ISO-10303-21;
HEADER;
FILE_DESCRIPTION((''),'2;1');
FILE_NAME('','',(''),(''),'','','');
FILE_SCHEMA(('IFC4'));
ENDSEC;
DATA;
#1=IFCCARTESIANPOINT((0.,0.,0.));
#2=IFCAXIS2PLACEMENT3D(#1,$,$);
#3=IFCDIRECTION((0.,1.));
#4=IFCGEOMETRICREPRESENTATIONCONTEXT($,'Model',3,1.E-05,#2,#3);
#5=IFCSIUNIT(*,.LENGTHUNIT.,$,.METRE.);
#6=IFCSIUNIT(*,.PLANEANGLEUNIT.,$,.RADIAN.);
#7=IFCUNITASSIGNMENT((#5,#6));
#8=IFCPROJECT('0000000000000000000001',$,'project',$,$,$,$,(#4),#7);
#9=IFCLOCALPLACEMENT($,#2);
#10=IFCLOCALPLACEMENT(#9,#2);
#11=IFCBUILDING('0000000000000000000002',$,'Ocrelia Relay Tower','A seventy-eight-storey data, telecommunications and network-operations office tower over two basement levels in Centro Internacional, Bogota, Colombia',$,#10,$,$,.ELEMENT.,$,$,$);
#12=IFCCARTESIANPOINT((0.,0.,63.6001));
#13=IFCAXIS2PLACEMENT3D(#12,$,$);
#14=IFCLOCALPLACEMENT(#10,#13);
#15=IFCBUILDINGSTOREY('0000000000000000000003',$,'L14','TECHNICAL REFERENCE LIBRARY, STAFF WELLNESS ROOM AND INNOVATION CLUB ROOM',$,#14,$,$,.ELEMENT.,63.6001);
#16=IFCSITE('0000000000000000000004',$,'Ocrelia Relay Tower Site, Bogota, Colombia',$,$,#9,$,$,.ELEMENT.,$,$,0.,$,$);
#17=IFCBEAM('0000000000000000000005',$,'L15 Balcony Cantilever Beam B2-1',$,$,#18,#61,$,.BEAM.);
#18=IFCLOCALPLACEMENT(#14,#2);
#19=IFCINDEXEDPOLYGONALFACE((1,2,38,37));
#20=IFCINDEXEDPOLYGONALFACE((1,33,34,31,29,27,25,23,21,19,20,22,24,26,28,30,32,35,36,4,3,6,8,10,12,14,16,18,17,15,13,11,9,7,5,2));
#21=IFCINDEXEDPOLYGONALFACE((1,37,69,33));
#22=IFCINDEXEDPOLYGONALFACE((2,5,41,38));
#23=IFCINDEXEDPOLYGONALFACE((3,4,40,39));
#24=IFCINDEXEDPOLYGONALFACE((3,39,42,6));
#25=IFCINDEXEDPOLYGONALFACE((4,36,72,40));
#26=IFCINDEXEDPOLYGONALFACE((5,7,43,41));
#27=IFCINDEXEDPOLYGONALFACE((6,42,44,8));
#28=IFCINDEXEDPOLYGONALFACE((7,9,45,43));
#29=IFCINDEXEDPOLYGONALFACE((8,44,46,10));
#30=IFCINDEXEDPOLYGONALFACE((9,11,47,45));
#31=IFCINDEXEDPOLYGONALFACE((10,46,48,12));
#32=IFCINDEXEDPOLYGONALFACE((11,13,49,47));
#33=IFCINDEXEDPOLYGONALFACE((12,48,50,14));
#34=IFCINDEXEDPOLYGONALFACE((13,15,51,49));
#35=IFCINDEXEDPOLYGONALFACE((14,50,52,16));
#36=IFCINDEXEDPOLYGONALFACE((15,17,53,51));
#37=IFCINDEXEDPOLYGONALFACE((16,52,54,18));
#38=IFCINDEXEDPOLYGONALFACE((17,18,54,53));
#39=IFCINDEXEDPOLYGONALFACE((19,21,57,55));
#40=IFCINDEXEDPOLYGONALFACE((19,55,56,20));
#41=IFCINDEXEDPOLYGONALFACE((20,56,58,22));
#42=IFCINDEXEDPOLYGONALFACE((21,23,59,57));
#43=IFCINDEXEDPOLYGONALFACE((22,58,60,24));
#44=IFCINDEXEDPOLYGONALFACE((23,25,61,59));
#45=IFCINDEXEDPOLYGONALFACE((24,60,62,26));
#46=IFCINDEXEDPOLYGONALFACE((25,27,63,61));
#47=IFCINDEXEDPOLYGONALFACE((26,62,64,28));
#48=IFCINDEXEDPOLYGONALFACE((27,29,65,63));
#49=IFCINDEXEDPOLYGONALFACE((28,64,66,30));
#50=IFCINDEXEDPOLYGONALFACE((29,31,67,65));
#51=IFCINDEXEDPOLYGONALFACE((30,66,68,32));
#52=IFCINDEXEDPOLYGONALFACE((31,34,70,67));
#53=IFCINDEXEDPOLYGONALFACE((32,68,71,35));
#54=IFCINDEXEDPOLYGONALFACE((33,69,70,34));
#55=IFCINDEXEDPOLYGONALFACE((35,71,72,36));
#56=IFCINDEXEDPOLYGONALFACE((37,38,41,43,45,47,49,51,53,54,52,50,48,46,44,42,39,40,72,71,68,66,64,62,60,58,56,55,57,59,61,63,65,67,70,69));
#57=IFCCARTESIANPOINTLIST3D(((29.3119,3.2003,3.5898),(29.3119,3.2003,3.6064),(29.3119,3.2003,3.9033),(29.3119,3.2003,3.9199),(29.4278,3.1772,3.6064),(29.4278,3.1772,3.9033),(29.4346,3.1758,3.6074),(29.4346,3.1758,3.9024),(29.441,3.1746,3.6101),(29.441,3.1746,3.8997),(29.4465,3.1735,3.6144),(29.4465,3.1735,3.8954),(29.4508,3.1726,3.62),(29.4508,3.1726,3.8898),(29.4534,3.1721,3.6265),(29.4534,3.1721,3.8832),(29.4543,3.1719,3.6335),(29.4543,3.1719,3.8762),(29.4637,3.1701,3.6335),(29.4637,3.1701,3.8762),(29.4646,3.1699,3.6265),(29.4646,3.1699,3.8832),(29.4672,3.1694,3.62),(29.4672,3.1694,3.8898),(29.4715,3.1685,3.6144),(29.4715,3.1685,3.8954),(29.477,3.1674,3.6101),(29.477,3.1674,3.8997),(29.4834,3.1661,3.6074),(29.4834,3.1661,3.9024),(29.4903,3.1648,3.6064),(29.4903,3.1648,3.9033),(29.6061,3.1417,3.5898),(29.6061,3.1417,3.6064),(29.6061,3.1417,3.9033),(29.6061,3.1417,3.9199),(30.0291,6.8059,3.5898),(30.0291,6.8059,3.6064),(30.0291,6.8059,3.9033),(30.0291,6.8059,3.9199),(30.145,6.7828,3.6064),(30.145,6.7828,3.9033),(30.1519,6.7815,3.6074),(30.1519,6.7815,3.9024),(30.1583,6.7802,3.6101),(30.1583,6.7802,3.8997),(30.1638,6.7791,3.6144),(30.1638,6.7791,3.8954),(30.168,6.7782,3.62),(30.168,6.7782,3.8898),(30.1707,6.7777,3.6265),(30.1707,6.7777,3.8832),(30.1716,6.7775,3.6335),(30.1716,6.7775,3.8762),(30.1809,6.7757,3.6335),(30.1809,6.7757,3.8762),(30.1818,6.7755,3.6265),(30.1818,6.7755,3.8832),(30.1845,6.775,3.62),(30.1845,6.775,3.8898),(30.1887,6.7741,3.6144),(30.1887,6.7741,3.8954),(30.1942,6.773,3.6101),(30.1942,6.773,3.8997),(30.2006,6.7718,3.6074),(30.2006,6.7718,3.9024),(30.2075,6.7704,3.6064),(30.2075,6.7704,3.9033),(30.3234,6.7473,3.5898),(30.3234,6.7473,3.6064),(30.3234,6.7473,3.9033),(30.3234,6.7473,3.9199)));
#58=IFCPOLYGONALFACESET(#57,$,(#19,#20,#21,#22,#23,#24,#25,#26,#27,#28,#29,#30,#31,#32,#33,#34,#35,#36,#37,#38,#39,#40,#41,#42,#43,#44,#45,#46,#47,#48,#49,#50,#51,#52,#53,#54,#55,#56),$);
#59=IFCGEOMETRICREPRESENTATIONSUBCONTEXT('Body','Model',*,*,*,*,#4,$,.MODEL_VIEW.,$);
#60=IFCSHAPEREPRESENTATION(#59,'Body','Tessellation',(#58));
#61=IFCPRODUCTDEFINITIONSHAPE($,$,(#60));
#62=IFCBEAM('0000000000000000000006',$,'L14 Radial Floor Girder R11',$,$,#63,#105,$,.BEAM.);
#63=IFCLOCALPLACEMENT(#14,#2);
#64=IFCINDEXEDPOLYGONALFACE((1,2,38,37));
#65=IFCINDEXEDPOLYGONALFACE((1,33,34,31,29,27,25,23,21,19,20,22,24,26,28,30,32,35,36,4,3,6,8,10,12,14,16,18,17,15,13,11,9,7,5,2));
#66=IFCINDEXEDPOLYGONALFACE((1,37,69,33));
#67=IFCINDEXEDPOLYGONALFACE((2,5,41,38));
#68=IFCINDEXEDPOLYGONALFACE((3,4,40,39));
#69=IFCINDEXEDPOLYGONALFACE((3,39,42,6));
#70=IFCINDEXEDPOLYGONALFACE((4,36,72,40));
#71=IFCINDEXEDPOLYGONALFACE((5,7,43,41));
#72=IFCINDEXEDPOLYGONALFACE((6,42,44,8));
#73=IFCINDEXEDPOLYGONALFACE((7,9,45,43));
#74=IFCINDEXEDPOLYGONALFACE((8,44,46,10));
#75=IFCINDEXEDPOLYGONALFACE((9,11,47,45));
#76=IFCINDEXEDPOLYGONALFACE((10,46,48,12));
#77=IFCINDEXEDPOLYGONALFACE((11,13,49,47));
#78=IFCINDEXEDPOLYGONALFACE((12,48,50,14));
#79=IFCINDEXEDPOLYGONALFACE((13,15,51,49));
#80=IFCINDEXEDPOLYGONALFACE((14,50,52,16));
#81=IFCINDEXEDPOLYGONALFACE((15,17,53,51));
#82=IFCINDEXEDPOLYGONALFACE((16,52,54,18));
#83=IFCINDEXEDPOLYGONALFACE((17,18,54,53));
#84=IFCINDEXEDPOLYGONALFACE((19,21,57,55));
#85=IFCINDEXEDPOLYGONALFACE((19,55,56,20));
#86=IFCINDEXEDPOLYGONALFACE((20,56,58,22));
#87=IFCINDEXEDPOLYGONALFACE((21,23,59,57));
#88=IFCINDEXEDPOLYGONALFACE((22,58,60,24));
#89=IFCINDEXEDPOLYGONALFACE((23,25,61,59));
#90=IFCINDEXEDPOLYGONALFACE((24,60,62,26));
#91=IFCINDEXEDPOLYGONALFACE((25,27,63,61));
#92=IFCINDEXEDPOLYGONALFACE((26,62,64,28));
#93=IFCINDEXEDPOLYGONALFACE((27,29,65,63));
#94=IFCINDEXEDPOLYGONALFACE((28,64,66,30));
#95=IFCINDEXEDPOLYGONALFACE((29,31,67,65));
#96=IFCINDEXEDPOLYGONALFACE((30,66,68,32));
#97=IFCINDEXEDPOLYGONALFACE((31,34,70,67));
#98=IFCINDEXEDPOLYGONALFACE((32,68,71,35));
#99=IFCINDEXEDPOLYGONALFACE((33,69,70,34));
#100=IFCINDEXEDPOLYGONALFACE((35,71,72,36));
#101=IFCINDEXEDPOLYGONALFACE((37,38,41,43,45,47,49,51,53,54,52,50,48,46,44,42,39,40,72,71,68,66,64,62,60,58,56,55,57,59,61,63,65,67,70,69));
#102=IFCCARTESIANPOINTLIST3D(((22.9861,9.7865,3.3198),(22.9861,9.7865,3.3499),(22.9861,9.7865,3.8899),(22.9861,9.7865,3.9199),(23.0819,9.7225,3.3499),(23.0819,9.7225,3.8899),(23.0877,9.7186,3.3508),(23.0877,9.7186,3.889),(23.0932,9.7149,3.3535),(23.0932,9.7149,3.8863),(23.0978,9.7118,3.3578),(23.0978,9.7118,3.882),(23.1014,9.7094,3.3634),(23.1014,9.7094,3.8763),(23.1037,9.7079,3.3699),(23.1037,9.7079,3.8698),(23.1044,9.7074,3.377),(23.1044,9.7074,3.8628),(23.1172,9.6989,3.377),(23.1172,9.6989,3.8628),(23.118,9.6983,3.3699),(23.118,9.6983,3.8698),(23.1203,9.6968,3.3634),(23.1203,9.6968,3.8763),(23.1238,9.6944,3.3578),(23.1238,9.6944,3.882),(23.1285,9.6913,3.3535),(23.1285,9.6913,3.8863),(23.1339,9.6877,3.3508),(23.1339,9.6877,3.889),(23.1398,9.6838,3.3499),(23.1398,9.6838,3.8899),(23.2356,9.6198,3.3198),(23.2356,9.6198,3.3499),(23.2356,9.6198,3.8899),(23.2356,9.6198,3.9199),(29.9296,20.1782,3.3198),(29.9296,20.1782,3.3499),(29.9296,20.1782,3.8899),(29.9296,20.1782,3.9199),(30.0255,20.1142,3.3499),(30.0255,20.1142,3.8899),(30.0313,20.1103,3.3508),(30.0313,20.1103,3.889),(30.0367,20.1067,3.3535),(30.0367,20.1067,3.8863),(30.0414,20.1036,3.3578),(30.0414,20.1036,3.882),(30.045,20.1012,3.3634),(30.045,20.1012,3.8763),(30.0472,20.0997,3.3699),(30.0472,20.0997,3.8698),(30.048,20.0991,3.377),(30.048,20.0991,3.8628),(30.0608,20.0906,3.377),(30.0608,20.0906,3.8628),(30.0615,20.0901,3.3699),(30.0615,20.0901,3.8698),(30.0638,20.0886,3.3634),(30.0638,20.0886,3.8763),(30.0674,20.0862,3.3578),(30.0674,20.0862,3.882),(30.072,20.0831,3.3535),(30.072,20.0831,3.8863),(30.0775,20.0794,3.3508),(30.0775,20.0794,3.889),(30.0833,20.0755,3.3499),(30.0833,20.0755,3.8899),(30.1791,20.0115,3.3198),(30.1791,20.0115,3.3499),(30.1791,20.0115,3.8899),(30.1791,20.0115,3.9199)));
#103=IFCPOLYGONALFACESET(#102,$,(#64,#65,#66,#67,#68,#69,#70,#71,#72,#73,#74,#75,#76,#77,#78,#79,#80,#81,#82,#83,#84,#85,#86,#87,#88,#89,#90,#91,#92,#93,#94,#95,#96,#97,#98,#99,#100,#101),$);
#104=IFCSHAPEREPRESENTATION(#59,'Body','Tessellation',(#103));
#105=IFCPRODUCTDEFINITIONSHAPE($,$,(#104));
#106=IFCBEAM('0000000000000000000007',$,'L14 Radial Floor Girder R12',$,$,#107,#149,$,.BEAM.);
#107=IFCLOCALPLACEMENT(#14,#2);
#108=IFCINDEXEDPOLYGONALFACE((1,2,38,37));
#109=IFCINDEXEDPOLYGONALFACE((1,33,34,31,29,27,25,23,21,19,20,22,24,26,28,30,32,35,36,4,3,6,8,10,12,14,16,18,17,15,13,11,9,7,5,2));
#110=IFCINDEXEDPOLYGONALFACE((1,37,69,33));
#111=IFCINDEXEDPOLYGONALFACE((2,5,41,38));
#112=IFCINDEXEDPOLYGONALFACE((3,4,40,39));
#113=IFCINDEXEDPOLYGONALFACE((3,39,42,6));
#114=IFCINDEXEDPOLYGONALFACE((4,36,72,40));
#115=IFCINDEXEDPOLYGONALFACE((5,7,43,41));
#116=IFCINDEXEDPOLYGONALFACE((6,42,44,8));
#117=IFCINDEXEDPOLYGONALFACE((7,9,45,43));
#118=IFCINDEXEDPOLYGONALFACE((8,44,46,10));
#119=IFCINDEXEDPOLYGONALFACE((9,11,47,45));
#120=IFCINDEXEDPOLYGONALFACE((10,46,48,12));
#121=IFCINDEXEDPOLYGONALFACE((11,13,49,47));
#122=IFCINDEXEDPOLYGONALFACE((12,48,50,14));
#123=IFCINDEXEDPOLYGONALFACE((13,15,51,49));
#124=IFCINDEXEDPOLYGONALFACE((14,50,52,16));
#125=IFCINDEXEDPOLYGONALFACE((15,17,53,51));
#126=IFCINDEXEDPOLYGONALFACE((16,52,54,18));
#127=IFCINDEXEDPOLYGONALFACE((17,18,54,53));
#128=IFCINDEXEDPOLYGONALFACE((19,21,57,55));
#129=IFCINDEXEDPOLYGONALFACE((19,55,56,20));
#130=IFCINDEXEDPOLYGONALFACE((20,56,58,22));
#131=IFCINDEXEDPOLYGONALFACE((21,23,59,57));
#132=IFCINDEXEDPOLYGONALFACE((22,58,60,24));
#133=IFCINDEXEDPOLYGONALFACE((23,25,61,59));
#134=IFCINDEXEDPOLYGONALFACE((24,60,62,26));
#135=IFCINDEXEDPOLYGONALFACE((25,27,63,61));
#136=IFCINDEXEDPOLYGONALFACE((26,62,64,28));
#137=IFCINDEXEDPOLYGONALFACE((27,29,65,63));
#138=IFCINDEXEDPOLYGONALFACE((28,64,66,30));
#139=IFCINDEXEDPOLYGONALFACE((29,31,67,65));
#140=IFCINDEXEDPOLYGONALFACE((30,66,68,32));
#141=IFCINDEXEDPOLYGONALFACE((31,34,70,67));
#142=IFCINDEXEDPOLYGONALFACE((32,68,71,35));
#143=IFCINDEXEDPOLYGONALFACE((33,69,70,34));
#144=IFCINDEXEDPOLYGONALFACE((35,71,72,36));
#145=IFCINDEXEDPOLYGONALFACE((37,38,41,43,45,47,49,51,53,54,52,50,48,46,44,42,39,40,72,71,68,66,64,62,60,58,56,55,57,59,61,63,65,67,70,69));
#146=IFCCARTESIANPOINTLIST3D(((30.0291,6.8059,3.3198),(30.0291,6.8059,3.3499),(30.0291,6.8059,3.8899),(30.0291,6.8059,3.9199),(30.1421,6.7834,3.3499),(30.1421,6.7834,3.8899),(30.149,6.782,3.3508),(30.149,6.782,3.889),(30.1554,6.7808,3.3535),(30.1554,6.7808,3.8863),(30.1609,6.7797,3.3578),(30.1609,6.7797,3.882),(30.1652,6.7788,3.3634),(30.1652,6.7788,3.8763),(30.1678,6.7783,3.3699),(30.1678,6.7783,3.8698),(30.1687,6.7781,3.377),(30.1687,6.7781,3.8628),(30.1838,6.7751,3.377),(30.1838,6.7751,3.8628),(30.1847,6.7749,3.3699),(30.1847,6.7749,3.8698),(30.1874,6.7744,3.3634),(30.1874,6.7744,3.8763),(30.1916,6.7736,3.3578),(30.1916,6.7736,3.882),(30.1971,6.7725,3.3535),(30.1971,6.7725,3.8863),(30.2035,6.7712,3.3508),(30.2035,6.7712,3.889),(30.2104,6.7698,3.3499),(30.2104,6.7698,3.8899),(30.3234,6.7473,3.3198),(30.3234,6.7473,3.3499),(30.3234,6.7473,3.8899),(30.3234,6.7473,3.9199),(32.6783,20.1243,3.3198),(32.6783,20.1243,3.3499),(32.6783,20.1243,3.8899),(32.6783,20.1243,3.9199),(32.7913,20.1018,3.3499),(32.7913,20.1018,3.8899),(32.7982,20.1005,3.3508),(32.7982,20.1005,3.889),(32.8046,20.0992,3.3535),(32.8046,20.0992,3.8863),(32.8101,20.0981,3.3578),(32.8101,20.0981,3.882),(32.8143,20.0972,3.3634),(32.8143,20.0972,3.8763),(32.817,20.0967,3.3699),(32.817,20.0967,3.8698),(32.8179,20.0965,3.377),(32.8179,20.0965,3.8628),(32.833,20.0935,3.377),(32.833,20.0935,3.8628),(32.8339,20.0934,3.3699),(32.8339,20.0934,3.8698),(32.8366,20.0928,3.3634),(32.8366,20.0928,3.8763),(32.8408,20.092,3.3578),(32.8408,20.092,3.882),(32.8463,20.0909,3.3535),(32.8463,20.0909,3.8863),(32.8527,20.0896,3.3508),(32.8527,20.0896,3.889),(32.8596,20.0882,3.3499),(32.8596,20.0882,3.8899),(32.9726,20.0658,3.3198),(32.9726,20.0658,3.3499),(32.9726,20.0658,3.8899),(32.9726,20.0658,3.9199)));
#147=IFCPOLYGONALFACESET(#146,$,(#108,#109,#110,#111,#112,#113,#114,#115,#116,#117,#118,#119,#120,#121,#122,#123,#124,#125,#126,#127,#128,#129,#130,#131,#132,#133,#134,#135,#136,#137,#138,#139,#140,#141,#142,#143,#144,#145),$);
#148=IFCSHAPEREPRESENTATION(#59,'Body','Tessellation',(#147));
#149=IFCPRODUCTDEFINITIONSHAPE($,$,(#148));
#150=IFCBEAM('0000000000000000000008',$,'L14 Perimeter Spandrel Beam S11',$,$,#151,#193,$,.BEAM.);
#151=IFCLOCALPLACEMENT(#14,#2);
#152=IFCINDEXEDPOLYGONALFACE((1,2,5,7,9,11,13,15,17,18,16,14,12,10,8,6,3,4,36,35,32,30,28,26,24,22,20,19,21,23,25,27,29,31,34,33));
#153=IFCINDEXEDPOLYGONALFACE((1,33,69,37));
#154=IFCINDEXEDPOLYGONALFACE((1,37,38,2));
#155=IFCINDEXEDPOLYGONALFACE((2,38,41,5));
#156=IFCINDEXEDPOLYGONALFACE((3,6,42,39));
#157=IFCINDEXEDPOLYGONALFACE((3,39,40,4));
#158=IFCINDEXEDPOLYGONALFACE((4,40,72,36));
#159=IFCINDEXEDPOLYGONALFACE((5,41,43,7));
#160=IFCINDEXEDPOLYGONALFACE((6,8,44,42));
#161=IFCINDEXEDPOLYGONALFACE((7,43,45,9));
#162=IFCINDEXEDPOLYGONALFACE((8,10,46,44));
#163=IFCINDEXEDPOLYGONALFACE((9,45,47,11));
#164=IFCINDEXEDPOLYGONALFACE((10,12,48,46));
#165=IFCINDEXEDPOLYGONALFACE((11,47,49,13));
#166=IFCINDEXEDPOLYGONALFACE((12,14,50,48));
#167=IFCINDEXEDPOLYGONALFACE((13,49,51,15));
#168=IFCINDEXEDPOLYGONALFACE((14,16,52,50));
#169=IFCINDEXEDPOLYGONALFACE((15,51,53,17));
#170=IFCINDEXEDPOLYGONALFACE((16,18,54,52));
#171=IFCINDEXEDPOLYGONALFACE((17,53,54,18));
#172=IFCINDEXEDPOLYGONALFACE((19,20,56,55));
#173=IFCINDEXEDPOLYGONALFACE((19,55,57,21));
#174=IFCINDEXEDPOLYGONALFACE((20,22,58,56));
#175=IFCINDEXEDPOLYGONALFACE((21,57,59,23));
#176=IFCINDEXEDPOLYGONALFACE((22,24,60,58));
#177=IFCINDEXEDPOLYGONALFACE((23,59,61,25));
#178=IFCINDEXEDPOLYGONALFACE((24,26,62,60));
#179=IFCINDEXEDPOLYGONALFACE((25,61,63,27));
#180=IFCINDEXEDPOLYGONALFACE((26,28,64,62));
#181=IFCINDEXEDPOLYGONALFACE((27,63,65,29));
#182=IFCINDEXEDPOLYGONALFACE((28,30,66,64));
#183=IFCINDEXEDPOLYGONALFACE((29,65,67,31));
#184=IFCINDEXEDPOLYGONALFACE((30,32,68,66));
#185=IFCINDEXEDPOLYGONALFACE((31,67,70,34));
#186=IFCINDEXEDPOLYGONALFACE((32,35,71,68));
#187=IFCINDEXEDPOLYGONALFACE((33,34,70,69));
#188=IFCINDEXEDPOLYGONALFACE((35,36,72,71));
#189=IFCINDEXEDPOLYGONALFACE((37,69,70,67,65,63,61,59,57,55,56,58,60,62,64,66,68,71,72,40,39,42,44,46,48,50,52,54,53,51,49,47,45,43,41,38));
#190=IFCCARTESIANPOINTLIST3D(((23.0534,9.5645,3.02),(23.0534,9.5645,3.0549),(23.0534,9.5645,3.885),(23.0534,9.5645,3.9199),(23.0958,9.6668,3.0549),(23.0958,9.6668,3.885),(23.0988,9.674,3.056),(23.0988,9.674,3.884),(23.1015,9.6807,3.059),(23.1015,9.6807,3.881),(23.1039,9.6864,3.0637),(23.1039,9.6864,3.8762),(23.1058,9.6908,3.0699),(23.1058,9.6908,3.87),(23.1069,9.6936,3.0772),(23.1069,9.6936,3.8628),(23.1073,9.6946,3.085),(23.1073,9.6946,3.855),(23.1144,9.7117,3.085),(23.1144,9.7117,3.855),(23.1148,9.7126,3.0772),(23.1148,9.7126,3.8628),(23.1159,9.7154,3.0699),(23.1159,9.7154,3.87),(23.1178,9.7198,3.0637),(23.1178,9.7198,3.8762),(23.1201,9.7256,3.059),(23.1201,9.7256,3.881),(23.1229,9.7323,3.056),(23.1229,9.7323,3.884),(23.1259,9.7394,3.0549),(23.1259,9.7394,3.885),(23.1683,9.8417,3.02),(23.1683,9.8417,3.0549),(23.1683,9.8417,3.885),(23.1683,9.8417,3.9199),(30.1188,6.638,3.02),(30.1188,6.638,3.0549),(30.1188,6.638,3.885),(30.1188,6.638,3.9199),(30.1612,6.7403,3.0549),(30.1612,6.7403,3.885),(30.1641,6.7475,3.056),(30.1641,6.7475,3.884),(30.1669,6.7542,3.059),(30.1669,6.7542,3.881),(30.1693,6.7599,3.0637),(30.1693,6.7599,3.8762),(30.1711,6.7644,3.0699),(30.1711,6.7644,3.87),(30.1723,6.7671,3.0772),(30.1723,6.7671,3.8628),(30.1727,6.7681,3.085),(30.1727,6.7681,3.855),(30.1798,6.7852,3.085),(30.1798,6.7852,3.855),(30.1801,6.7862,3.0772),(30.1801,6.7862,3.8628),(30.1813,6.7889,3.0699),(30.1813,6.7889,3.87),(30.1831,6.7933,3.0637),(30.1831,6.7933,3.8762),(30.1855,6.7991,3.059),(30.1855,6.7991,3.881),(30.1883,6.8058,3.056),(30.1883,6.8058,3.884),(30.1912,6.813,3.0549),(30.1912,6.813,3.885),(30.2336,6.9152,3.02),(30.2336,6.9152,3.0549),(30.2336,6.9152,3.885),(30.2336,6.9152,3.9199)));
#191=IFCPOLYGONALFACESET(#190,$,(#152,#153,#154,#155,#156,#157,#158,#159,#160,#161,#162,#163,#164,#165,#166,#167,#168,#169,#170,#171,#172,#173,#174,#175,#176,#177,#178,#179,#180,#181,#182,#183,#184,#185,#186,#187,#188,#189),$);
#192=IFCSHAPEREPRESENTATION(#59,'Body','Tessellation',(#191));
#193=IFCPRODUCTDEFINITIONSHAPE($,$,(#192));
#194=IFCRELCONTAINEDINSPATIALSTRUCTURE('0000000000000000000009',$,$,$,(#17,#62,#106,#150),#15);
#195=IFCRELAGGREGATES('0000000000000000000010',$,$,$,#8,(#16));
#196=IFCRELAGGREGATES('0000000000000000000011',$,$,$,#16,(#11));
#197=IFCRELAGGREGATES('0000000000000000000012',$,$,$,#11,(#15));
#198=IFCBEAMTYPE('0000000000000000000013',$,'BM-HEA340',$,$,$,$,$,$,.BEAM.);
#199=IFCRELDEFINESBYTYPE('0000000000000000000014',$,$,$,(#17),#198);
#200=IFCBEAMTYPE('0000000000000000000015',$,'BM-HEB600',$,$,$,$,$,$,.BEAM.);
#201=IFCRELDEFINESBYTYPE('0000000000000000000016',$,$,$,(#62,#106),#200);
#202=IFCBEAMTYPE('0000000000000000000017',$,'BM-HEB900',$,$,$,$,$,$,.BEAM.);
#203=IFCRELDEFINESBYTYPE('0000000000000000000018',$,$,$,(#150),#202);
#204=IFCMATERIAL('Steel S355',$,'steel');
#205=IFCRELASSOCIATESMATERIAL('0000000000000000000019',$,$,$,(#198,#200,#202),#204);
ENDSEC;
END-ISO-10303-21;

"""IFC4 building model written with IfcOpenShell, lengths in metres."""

from ifc_helpers import new_model, si_unit, direction, frame, origin, origin_2d, place, context, subcontext, project, spatial, i_section, extrude, material, material_profile, profile_set, type_object, element, save


model = new_model("IFC4")

# Units and contexts
model_context = context("Model", 3, precision=1e-05, world=origin(), true_north=direction((0.0, 1.0)))
body_context = subcontext(model_context, "Body", "Model", "MODEL_VIEW")
ifc_project = project(units=[si_unit("LENGTHUNIT", "METRE"), si_unit("PLANEANGLEUNIT", "RADIAN")], contexts=[model_context])

# Site, building, storey
site_placement = place(None, origin())
site = spatial("IfcSite", under=ifc_project, at=site_placement, Name="Ocrelia Relay Tower Site, Bogota, Colombia", CompositionType="ELEMENT", RefElevation=0.0)
building_placement = place(site_placement, origin())
building = spatial("IfcBuilding", under=site, at=building_placement, Name="Ocrelia Relay Tower", Description="A seventy-eight-storey data, telecommunications and network-operations office tower over two basement levels in Centro Internacional, Bogota, Colombia", CompositionType="ELEMENT")
storey_placement = place(building_placement, frame((0.0, 0.0, 63.6001)))
storey = spatial("IfcBuildingStorey", under=building, at=storey_placement, Name="L14", Description="TECHNICAL REFERENCE LIBRARY, STAFF WELLNESS ROOM AND INNOVATION CLUB ROOM", CompositionType="ELEMENT", Elevation=63.6001)

# Beams
ifc_material_1 = material(Name="Steel S355", Category="steel")
ifc_material_profile_1 = material_profile(ifc_material_1, i_section(OverallWidth=0.3, OverallDepth=0.3301, WebThickness=0.0095, FlangeThickness=0.0166, FilletRadius=0.0271, at=origin_2d()), Name="HEA 340")
ifc_profile_set_1 = profile_set([ifc_material_profile_1], Name="Steel S355")
beam_type_1 = type_object("IfcBeamType", Name="BM-HEA340", PredefinedType="BEAM", material=ifc_profile_set_1)
beam_1_placement = place(storey_placement, frame((30.1763, 6.7766, 3.7549), z_axis=(-0.195107, -0.980782, 0.0), x_axis=(0.980782, -0.195107, 0.0)))
element("IfcBeam", 1, at=beam_1_placement, inside=storey, type_object=beam_type_1, Name="L15 Balcony Cantilever Beam B2-1", PredefinedType="BEAM", context=body_context, shape_type="SweptSolid", body=[
    extrude(i_section(OverallWidth=0.3, OverallDepth=0.3301, WebThickness=0.0095, FlangeThickness=0.0166, FilletRadius=0.0271, at=origin_2d()), origin(), (0.0, 0.0, 1.0), 3.6763),
])
ifc_material_profile_2 = material_profile(ifc_material_1, i_section(OverallWidth=0.3, OverallDepth=0.6001, WebThickness=0.0154, FlangeThickness=0.03, FilletRadius=0.0271, at=origin_2d()), Name="HEB 600")
ifc_profile_set_2 = profile_set([ifc_material_profile_2], Name="Steel S355")
beam_type_2 = type_object("IfcBeamType", Name="BM-HEB600", PredefinedType="BEAM", material=ifc_profile_set_2)
beam_2_placement = place(storey_placement, frame((23.1108, 9.7031, 3.6199), z_axis=(0.55557, 0.83147, 0.0), x_axis=(-0.83147, 0.55557, 0.0)))
element("IfcBeam", 2, at=beam_2_placement, inside=storey, type_object=beam_type_2, Name="L14 Radial Floor Girder R11", PredefinedType="BEAM", context=body_context, shape_type="SweptSolid", body=[
    extrude(i_section(OverallWidth=0.3, OverallDepth=0.6001, WebThickness=0.0154, FlangeThickness=0.03, FilletRadius=0.0271, at=origin_2d()), origin(), (0.0, 0.0, 1.0), 12.498),
])
beam_3_placement = place(storey_placement, frame((30.1763, 6.7766, 3.6199), z_axis=(0.195089, 0.980786, 0.0), x_axis=(-0.980786, 0.195089, 0.0)))
element("IfcBeam", 3, at=beam_3_placement, inside=storey, type_object=beam_type_2, Name="L14 Radial Floor Girder R12", PredefinedType="BEAM", context=body_context, shape_type="SweptSolid", body=[
    extrude(i_section(OverallWidth=0.3, OverallDepth=0.6001, WebThickness=0.0154, FlangeThickness=0.03, FilletRadius=0.0271, at=origin_2d()), origin(), (0.0, 0.0, 1.0), 13.5793),
])
ifc_material_profile_3 = material_profile(ifc_material_1, i_section(OverallWidth=0.3, OverallDepth=0.8999, WebThickness=0.0186, FlangeThickness=0.0349, FilletRadius=0.03, at=origin_2d()), Name="HEB 900")
ifc_profile_set_3 = profile_set([ifc_material_profile_3], Name="Steel S355")
beam_type_3 = type_object("IfcBeamType", Name="BM-HEB900", PredefinedType="BEAM", material=ifc_profile_set_3)
for number, where, z_axis, x_axis, name in (
    (4, (23.1108, 9.7031, 3.47), (0.923883, -0.382674, 0.0), (0.382674, 0.923883, 0.0), "L14 Perimeter Spandrel Beam S11"),
):
    element("IfcBeam", number, at=place(storey_placement, frame(where, z_axis=z_axis, x_axis=x_axis)), inside=storey, type_object=beam_type_3, Name=name, PredefinedType="BEAM", context=body_context, shape_type="SweptSolid", body=[
        extrude(i_section(OverallWidth=0.3, OverallDepth=0.8999, WebThickness=0.0186, FlangeThickness=0.0349, FilletRadius=0.03, at=origin_2d()), origin(), (0.0, 0.0, 1.0), 7.6475),
    ])

save(model, "model.ifc")
